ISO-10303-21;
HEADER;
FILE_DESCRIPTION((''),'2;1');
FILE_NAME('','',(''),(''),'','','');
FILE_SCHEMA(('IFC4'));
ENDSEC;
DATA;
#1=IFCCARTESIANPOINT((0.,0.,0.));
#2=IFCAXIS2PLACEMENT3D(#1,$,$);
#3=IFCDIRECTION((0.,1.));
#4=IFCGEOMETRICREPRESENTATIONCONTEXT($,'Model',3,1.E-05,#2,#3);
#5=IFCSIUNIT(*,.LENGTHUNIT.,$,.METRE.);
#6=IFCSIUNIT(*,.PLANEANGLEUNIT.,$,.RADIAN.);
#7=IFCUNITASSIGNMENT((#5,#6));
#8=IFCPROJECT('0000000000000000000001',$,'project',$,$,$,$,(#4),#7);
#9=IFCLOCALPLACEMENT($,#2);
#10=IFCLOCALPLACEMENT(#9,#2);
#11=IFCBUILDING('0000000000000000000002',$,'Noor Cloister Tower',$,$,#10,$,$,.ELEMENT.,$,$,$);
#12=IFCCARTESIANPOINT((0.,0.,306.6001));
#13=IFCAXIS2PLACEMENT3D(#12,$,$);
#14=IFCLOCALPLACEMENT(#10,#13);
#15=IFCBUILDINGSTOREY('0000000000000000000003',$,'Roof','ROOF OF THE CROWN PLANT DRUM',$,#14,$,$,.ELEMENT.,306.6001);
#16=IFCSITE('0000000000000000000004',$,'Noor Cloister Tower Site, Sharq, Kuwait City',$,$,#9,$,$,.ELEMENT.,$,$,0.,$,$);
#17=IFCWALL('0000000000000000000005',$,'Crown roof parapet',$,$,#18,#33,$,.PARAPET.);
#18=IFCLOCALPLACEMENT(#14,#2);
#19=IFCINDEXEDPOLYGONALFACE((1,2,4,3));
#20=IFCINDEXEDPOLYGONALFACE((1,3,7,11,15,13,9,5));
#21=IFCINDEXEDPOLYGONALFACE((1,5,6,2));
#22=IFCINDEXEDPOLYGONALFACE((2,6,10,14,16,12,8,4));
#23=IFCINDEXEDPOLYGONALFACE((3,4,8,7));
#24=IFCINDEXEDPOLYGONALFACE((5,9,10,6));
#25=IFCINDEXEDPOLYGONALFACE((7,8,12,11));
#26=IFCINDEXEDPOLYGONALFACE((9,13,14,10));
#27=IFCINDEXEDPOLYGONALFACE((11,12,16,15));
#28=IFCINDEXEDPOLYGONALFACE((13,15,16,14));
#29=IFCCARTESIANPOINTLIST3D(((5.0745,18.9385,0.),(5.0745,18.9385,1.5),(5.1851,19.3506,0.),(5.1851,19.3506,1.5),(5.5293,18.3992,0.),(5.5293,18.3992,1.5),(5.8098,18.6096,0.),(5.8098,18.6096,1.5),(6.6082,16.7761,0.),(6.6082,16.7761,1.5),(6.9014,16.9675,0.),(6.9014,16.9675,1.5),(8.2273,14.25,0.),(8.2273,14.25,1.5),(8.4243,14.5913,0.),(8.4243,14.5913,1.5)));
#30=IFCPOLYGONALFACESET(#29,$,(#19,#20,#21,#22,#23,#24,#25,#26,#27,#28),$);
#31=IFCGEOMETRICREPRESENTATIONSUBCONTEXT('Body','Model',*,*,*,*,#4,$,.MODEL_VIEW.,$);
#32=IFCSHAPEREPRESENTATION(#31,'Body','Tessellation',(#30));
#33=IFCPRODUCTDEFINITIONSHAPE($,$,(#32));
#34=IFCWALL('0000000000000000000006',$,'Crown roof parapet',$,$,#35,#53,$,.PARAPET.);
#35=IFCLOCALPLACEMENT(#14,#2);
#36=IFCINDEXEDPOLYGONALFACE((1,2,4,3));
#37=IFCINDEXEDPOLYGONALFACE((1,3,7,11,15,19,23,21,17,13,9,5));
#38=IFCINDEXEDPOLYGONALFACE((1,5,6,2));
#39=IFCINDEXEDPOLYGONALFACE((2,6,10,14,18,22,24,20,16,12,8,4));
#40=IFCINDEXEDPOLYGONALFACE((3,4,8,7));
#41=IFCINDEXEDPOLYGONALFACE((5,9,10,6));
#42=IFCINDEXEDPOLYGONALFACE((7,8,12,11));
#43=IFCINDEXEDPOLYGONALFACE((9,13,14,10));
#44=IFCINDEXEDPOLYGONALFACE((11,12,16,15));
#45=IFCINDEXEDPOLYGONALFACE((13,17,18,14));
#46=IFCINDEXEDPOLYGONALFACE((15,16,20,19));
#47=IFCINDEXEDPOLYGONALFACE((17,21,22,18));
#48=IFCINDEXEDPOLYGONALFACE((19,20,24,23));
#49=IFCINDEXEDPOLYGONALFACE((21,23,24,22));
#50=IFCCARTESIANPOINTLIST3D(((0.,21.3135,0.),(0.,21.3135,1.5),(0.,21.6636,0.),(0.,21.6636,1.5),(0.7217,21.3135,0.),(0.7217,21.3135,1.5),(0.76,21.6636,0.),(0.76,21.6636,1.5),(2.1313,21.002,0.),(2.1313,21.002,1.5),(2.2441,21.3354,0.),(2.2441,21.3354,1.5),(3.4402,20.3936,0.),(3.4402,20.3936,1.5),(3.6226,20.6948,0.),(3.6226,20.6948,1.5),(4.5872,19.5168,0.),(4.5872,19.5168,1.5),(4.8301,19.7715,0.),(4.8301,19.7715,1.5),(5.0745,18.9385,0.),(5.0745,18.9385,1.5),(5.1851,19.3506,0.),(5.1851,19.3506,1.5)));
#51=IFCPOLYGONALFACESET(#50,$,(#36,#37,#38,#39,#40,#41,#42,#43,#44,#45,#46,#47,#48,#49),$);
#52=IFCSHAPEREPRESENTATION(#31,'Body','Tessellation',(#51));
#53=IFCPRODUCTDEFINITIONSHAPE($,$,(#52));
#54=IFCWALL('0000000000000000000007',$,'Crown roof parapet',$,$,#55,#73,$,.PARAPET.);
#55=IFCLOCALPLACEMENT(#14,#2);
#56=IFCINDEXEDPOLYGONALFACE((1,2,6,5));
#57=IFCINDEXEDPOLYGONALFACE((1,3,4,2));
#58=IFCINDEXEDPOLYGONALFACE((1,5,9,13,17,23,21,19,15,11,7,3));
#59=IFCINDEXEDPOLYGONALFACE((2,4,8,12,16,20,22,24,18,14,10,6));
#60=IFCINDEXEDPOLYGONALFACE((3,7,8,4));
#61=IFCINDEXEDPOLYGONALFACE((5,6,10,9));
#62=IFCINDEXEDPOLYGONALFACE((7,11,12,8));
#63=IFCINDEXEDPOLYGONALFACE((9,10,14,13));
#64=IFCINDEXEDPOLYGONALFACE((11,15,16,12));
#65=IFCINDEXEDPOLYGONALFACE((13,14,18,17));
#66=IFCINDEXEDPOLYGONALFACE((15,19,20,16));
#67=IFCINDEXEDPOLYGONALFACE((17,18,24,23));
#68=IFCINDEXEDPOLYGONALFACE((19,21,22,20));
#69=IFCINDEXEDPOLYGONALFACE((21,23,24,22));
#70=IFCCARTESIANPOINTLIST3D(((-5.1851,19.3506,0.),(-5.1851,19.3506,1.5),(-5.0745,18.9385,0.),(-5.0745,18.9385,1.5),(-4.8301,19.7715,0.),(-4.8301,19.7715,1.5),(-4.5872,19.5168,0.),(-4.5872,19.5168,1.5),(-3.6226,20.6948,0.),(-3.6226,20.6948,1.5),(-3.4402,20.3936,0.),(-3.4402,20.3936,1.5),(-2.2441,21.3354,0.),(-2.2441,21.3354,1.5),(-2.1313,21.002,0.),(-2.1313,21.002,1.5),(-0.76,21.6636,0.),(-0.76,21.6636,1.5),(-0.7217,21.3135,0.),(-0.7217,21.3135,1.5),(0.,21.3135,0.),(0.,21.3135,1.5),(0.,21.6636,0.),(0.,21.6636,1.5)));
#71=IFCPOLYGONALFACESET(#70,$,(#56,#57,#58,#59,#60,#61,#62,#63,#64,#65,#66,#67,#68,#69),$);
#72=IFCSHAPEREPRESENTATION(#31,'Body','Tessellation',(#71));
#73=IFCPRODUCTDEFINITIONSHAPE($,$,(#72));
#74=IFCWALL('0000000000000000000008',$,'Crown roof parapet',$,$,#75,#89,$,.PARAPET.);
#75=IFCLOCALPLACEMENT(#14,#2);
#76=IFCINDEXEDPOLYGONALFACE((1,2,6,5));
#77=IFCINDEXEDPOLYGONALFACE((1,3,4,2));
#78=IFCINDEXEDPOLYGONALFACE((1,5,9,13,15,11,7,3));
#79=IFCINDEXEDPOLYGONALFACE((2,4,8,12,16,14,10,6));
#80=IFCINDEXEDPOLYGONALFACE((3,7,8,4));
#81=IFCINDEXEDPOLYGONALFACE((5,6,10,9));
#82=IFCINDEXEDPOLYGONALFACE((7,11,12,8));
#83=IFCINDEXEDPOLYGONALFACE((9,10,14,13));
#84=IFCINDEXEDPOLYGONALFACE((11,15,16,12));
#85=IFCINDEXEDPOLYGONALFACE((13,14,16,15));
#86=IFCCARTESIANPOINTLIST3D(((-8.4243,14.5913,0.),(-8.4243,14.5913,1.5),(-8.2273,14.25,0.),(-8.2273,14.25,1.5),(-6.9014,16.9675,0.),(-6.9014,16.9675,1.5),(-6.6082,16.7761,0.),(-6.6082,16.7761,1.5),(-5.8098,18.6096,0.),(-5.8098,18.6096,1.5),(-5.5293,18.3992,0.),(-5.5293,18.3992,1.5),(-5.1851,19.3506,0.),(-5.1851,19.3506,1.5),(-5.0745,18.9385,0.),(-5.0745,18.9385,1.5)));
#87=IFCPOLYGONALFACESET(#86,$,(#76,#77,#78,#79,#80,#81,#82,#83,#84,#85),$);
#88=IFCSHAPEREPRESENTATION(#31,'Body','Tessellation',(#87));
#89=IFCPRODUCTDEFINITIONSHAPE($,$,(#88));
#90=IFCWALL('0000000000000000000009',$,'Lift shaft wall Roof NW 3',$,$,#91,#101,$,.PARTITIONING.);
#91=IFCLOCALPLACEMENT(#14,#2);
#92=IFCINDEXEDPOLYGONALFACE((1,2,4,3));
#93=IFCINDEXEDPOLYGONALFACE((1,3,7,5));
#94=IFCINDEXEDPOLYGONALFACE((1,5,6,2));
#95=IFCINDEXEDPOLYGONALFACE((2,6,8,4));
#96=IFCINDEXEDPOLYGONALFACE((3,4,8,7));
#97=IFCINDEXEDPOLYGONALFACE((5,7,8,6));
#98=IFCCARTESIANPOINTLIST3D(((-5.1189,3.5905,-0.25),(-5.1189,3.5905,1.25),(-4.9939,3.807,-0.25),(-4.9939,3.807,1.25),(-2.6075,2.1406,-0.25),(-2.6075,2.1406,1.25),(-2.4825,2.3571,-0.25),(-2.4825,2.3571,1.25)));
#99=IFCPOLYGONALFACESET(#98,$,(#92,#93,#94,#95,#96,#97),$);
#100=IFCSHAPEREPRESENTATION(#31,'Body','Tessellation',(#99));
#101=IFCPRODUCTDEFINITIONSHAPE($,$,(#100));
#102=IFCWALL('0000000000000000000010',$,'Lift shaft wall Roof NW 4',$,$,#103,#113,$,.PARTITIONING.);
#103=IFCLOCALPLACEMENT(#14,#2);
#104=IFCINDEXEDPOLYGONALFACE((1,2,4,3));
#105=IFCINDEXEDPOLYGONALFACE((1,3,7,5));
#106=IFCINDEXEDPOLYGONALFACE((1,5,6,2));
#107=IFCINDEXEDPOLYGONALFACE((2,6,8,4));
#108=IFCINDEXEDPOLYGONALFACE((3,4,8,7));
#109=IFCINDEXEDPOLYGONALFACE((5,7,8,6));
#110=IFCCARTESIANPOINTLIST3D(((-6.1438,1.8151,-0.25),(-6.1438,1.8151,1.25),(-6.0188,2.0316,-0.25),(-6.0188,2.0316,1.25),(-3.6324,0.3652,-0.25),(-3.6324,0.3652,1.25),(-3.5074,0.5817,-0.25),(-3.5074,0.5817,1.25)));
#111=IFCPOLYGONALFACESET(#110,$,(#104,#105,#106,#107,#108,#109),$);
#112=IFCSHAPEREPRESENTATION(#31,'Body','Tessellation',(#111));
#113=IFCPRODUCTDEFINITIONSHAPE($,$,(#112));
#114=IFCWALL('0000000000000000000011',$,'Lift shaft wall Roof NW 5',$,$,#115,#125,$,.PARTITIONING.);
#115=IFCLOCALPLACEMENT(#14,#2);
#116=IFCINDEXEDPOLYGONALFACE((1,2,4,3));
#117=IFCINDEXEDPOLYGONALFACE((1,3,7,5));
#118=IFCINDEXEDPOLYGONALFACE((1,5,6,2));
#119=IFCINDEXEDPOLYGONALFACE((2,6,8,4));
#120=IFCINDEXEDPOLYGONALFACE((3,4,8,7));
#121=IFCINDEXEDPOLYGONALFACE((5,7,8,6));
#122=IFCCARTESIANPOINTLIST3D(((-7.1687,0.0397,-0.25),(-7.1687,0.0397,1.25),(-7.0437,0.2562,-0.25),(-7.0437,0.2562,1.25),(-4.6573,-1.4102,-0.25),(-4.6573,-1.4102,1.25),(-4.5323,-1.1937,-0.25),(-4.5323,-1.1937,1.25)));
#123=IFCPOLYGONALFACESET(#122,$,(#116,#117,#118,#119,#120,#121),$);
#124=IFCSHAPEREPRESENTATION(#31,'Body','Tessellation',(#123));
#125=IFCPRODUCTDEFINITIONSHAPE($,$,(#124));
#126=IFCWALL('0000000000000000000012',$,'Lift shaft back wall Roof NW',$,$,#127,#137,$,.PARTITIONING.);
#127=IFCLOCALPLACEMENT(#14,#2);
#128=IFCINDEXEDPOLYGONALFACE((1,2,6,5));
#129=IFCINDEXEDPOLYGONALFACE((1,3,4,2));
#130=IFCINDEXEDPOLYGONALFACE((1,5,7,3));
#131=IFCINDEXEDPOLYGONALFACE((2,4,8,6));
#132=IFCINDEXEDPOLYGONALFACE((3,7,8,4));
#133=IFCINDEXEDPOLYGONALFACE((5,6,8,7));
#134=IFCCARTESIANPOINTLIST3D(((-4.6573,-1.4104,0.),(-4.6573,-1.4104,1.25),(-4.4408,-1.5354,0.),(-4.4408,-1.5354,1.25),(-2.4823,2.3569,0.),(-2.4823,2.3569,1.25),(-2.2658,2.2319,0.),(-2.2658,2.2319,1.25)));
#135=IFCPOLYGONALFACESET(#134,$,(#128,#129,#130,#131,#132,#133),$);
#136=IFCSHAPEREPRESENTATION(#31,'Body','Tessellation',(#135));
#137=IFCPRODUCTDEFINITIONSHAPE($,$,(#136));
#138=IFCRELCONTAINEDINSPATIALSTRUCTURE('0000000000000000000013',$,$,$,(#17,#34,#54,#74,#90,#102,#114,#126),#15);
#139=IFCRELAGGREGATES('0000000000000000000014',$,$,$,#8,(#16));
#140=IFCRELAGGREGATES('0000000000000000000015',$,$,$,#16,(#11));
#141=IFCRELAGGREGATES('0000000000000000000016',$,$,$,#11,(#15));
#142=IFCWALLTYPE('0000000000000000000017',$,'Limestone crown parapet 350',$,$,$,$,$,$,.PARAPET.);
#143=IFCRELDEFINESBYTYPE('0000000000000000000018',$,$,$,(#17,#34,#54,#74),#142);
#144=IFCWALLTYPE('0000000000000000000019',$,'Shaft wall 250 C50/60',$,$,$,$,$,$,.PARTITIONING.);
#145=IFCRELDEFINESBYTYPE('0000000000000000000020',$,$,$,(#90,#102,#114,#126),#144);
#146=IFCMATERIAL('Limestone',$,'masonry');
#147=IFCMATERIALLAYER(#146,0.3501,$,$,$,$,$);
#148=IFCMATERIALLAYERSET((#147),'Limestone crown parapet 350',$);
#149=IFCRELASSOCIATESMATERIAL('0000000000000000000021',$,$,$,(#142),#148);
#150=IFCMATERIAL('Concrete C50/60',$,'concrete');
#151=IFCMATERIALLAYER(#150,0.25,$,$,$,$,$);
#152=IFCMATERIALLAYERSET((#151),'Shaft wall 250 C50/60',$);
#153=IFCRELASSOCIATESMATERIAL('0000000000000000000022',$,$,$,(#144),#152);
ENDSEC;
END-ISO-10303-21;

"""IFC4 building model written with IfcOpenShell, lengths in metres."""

from ifc_helpers import new_model, si_unit, direction, frame, frame_2d, origin, place, context, subcontext, project, spatial, polyline, rectangle, outline, extrude, material, layer, layer_set, type_object, element, save


model = new_model("IFC4")

# Units and contexts
model_context = context("Model", 3, precision=1e-05, world=origin(), true_north=direction((0.0, 1.0)))
body_context = subcontext(model_context, "Body", "Model", "MODEL_VIEW")
ifc_project = project(units=[si_unit("LENGTHUNIT", "METRE"), si_unit("PLANEANGLEUNIT", "RADIAN")], contexts=[model_context])

# Site, building, storey
site_placement = place(None, origin())
site = spatial("IfcSite", under=ifc_project, at=site_placement, Name="Noor Cloister Tower Site, Sharq, Kuwait City", CompositionType="ELEMENT", RefElevation=0.0)
building_placement = place(site_placement, origin())
building = spatial("IfcBuilding", under=site, at=building_placement, Name="Noor Cloister Tower", CompositionType="ELEMENT")
storey_placement = place(building_placement, frame((0.0, 0.0, 306.6001)))
storey = spatial("IfcBuildingStorey", under=building, at=storey_placement, Name="Roof", Description="ROOF OF THE CROWN PLANT DRUM", CompositionType="ELEMENT", Elevation=306.6001)

# Walls
ifc_material_1 = material(Name="Limestone", Category="masonry")
ifc_layer_1 = layer(ifc_material_1, 0.3501)
ifc_layer_set_1 = layer_set([ifc_layer_1], Name="Limestone crown parapet 350")
wall_type_1 = type_object("IfcWallType", Name="Limestone crown parapet 350", PredefinedType="PARAPET", material=ifc_layer_set_1)
wall_1_placement = place(storey_placement, origin())
element("IfcWall", 1, at=wall_1_placement, inside=storey, type_object=wall_type_1, Name="Crown roof parapet", PredefinedType="PARAPET", context=body_context, shape_type="SweptSolid", body=[
    extrude(outline(polyline([(6.9014, 16.9675), (5.8098, 18.6096), (5.1851, 19.3506), (5.0745, 18.9385), (5.5293, 18.3992), (6.6082, 16.7761), (8.2273, 14.25), (8.4243, 14.5913), (6.9014, 16.9675)])), origin(), (0.0, 0.0, 1.0), 1.5),
])
wall_2_placement = place(storey_placement, origin())
element("IfcWall", 2, at=wall_2_placement, inside=storey, type_object=wall_type_1, Name="Crown roof parapet", PredefinedType="PARAPET", context=body_context, shape_type="SweptSolid", body=[
    extrude(outline(polyline([(0.0, 21.6636), (0.0, 21.3135), (0.7217, 21.3135), (2.1313, 21.002), (3.4402, 20.3936), (4.5872, 19.5168), (5.0745, 18.9385), (5.1851, 19.3506), (4.8301, 19.7715), (3.6226, 20.6948), (2.2441, 21.3354), (0.76, 21.6636), (0.0, 21.6636)])), origin(), (0.0, 0.0, 1.0), 1.5),
])
wall_3_placement = place(storey_placement, origin())
element("IfcWall", 3, at=wall_3_placement, inside=storey, type_object=wall_type_1, Name="Crown roof parapet", PredefinedType="PARAPET", context=body_context, shape_type="SweptSolid", body=[
    extrude(outline(polyline([(-5.1851, 19.3506), (-5.0745, 18.9385), (-4.5872, 19.5168), (-3.4402, 20.3936), (-2.1313, 21.002), (-0.7217, 21.3135), (0.0, 21.3135), (0.0, 21.6636), (-0.76, 21.6636), (-2.2441, 21.3354), (-3.6226, 20.6948), (-4.8301, 19.7715), (-5.1851, 19.3506)])), origin(), (0.0, 0.0, 1.0), 1.5),
])
wall_4_placement = place(storey_placement, origin())
element("IfcWall", 4, at=wall_4_placement, inside=storey, type_object=wall_type_1, Name="Crown roof parapet", PredefinedType="PARAPET", context=body_context, shape_type="SweptSolid", body=[
    extrude(outline(polyline([(-8.4243, 14.5913), (-8.2273, 14.25), (-6.6082, 16.7761), (-5.5293, 18.3992), (-5.0745, 18.9385), (-5.1851, 19.3506), (-5.8098, 18.6096), (-6.9014, 16.9675), (-8.4243, 14.5913)])), origin(), (0.0, 0.0, 1.0), 1.5),
])
ifc_material_2 = material(Name="Concrete C50/60", Category="concrete")
ifc_layer_2 = layer(ifc_material_2, 0.25)
ifc_layer_set_2 = layer_set([ifc_layer_2], Name="Shaft wall 250 C50/60")
wall_type_2 = type_object("IfcWallType", Name="Shaft wall 250 C50/60", PredefinedType="PARTITIONING", material=ifc_layer_set_2)
for number, where, z_axis, x_axis, name in (
    (5, (-5.0564, 3.6987, -0.25), (0.0, 0.0, 1.0), (0.866033, -0.499987, 0.0), "Lift shaft wall Roof NW 3"),
    (6, (-6.0813, 1.9233, -0.25), (0.0, 0.0, 1.0), (0.866033, -0.499987, 0.0), "Lift shaft wall Roof NW 4"),
    (7, (-7.1062, 0.1479, -0.25), (0.0, 0.0, 1.0), (0.866033, -0.499987, 0.0), "Lift shaft wall Roof NW 5"),
):
    element("IfcWall", number, at=place(storey_placement, frame(where, z_axis=z_axis, x_axis=x_axis)), inside=storey, type_object=wall_type_2, Name=name, PredefinedType="PARTITIONING", context=body_context, shape_type="SweptSolid", body=[
        extrude(rectangle(XDim=2.8999, YDim=0.25, at=frame_2d((1.45, 0.0))), origin(), (0.0, 0.0, 1.0), 1.5),
    ])
wall_5_placement = place(storey_placement, frame((-2.374, 2.2944, 0.0), z_axis=(0.0, 0.0, 1.0), x_axis=(-0.499996, -0.866028, 0.0)))
element("IfcWall", 8, at=wall_5_placement, inside=storey, type_object=wall_type_2, Name="Lift shaft back wall Roof NW", PredefinedType="PARTITIONING", context=body_context, shape_type="SweptSolid", body=[
    extrude(rectangle(XDim=4.3501, YDim=0.25, at=frame_2d((2.175, 0.0))), origin(), (0.0, 0.0, 1.0), 1.25),
])

save(model, "model.ifc")
